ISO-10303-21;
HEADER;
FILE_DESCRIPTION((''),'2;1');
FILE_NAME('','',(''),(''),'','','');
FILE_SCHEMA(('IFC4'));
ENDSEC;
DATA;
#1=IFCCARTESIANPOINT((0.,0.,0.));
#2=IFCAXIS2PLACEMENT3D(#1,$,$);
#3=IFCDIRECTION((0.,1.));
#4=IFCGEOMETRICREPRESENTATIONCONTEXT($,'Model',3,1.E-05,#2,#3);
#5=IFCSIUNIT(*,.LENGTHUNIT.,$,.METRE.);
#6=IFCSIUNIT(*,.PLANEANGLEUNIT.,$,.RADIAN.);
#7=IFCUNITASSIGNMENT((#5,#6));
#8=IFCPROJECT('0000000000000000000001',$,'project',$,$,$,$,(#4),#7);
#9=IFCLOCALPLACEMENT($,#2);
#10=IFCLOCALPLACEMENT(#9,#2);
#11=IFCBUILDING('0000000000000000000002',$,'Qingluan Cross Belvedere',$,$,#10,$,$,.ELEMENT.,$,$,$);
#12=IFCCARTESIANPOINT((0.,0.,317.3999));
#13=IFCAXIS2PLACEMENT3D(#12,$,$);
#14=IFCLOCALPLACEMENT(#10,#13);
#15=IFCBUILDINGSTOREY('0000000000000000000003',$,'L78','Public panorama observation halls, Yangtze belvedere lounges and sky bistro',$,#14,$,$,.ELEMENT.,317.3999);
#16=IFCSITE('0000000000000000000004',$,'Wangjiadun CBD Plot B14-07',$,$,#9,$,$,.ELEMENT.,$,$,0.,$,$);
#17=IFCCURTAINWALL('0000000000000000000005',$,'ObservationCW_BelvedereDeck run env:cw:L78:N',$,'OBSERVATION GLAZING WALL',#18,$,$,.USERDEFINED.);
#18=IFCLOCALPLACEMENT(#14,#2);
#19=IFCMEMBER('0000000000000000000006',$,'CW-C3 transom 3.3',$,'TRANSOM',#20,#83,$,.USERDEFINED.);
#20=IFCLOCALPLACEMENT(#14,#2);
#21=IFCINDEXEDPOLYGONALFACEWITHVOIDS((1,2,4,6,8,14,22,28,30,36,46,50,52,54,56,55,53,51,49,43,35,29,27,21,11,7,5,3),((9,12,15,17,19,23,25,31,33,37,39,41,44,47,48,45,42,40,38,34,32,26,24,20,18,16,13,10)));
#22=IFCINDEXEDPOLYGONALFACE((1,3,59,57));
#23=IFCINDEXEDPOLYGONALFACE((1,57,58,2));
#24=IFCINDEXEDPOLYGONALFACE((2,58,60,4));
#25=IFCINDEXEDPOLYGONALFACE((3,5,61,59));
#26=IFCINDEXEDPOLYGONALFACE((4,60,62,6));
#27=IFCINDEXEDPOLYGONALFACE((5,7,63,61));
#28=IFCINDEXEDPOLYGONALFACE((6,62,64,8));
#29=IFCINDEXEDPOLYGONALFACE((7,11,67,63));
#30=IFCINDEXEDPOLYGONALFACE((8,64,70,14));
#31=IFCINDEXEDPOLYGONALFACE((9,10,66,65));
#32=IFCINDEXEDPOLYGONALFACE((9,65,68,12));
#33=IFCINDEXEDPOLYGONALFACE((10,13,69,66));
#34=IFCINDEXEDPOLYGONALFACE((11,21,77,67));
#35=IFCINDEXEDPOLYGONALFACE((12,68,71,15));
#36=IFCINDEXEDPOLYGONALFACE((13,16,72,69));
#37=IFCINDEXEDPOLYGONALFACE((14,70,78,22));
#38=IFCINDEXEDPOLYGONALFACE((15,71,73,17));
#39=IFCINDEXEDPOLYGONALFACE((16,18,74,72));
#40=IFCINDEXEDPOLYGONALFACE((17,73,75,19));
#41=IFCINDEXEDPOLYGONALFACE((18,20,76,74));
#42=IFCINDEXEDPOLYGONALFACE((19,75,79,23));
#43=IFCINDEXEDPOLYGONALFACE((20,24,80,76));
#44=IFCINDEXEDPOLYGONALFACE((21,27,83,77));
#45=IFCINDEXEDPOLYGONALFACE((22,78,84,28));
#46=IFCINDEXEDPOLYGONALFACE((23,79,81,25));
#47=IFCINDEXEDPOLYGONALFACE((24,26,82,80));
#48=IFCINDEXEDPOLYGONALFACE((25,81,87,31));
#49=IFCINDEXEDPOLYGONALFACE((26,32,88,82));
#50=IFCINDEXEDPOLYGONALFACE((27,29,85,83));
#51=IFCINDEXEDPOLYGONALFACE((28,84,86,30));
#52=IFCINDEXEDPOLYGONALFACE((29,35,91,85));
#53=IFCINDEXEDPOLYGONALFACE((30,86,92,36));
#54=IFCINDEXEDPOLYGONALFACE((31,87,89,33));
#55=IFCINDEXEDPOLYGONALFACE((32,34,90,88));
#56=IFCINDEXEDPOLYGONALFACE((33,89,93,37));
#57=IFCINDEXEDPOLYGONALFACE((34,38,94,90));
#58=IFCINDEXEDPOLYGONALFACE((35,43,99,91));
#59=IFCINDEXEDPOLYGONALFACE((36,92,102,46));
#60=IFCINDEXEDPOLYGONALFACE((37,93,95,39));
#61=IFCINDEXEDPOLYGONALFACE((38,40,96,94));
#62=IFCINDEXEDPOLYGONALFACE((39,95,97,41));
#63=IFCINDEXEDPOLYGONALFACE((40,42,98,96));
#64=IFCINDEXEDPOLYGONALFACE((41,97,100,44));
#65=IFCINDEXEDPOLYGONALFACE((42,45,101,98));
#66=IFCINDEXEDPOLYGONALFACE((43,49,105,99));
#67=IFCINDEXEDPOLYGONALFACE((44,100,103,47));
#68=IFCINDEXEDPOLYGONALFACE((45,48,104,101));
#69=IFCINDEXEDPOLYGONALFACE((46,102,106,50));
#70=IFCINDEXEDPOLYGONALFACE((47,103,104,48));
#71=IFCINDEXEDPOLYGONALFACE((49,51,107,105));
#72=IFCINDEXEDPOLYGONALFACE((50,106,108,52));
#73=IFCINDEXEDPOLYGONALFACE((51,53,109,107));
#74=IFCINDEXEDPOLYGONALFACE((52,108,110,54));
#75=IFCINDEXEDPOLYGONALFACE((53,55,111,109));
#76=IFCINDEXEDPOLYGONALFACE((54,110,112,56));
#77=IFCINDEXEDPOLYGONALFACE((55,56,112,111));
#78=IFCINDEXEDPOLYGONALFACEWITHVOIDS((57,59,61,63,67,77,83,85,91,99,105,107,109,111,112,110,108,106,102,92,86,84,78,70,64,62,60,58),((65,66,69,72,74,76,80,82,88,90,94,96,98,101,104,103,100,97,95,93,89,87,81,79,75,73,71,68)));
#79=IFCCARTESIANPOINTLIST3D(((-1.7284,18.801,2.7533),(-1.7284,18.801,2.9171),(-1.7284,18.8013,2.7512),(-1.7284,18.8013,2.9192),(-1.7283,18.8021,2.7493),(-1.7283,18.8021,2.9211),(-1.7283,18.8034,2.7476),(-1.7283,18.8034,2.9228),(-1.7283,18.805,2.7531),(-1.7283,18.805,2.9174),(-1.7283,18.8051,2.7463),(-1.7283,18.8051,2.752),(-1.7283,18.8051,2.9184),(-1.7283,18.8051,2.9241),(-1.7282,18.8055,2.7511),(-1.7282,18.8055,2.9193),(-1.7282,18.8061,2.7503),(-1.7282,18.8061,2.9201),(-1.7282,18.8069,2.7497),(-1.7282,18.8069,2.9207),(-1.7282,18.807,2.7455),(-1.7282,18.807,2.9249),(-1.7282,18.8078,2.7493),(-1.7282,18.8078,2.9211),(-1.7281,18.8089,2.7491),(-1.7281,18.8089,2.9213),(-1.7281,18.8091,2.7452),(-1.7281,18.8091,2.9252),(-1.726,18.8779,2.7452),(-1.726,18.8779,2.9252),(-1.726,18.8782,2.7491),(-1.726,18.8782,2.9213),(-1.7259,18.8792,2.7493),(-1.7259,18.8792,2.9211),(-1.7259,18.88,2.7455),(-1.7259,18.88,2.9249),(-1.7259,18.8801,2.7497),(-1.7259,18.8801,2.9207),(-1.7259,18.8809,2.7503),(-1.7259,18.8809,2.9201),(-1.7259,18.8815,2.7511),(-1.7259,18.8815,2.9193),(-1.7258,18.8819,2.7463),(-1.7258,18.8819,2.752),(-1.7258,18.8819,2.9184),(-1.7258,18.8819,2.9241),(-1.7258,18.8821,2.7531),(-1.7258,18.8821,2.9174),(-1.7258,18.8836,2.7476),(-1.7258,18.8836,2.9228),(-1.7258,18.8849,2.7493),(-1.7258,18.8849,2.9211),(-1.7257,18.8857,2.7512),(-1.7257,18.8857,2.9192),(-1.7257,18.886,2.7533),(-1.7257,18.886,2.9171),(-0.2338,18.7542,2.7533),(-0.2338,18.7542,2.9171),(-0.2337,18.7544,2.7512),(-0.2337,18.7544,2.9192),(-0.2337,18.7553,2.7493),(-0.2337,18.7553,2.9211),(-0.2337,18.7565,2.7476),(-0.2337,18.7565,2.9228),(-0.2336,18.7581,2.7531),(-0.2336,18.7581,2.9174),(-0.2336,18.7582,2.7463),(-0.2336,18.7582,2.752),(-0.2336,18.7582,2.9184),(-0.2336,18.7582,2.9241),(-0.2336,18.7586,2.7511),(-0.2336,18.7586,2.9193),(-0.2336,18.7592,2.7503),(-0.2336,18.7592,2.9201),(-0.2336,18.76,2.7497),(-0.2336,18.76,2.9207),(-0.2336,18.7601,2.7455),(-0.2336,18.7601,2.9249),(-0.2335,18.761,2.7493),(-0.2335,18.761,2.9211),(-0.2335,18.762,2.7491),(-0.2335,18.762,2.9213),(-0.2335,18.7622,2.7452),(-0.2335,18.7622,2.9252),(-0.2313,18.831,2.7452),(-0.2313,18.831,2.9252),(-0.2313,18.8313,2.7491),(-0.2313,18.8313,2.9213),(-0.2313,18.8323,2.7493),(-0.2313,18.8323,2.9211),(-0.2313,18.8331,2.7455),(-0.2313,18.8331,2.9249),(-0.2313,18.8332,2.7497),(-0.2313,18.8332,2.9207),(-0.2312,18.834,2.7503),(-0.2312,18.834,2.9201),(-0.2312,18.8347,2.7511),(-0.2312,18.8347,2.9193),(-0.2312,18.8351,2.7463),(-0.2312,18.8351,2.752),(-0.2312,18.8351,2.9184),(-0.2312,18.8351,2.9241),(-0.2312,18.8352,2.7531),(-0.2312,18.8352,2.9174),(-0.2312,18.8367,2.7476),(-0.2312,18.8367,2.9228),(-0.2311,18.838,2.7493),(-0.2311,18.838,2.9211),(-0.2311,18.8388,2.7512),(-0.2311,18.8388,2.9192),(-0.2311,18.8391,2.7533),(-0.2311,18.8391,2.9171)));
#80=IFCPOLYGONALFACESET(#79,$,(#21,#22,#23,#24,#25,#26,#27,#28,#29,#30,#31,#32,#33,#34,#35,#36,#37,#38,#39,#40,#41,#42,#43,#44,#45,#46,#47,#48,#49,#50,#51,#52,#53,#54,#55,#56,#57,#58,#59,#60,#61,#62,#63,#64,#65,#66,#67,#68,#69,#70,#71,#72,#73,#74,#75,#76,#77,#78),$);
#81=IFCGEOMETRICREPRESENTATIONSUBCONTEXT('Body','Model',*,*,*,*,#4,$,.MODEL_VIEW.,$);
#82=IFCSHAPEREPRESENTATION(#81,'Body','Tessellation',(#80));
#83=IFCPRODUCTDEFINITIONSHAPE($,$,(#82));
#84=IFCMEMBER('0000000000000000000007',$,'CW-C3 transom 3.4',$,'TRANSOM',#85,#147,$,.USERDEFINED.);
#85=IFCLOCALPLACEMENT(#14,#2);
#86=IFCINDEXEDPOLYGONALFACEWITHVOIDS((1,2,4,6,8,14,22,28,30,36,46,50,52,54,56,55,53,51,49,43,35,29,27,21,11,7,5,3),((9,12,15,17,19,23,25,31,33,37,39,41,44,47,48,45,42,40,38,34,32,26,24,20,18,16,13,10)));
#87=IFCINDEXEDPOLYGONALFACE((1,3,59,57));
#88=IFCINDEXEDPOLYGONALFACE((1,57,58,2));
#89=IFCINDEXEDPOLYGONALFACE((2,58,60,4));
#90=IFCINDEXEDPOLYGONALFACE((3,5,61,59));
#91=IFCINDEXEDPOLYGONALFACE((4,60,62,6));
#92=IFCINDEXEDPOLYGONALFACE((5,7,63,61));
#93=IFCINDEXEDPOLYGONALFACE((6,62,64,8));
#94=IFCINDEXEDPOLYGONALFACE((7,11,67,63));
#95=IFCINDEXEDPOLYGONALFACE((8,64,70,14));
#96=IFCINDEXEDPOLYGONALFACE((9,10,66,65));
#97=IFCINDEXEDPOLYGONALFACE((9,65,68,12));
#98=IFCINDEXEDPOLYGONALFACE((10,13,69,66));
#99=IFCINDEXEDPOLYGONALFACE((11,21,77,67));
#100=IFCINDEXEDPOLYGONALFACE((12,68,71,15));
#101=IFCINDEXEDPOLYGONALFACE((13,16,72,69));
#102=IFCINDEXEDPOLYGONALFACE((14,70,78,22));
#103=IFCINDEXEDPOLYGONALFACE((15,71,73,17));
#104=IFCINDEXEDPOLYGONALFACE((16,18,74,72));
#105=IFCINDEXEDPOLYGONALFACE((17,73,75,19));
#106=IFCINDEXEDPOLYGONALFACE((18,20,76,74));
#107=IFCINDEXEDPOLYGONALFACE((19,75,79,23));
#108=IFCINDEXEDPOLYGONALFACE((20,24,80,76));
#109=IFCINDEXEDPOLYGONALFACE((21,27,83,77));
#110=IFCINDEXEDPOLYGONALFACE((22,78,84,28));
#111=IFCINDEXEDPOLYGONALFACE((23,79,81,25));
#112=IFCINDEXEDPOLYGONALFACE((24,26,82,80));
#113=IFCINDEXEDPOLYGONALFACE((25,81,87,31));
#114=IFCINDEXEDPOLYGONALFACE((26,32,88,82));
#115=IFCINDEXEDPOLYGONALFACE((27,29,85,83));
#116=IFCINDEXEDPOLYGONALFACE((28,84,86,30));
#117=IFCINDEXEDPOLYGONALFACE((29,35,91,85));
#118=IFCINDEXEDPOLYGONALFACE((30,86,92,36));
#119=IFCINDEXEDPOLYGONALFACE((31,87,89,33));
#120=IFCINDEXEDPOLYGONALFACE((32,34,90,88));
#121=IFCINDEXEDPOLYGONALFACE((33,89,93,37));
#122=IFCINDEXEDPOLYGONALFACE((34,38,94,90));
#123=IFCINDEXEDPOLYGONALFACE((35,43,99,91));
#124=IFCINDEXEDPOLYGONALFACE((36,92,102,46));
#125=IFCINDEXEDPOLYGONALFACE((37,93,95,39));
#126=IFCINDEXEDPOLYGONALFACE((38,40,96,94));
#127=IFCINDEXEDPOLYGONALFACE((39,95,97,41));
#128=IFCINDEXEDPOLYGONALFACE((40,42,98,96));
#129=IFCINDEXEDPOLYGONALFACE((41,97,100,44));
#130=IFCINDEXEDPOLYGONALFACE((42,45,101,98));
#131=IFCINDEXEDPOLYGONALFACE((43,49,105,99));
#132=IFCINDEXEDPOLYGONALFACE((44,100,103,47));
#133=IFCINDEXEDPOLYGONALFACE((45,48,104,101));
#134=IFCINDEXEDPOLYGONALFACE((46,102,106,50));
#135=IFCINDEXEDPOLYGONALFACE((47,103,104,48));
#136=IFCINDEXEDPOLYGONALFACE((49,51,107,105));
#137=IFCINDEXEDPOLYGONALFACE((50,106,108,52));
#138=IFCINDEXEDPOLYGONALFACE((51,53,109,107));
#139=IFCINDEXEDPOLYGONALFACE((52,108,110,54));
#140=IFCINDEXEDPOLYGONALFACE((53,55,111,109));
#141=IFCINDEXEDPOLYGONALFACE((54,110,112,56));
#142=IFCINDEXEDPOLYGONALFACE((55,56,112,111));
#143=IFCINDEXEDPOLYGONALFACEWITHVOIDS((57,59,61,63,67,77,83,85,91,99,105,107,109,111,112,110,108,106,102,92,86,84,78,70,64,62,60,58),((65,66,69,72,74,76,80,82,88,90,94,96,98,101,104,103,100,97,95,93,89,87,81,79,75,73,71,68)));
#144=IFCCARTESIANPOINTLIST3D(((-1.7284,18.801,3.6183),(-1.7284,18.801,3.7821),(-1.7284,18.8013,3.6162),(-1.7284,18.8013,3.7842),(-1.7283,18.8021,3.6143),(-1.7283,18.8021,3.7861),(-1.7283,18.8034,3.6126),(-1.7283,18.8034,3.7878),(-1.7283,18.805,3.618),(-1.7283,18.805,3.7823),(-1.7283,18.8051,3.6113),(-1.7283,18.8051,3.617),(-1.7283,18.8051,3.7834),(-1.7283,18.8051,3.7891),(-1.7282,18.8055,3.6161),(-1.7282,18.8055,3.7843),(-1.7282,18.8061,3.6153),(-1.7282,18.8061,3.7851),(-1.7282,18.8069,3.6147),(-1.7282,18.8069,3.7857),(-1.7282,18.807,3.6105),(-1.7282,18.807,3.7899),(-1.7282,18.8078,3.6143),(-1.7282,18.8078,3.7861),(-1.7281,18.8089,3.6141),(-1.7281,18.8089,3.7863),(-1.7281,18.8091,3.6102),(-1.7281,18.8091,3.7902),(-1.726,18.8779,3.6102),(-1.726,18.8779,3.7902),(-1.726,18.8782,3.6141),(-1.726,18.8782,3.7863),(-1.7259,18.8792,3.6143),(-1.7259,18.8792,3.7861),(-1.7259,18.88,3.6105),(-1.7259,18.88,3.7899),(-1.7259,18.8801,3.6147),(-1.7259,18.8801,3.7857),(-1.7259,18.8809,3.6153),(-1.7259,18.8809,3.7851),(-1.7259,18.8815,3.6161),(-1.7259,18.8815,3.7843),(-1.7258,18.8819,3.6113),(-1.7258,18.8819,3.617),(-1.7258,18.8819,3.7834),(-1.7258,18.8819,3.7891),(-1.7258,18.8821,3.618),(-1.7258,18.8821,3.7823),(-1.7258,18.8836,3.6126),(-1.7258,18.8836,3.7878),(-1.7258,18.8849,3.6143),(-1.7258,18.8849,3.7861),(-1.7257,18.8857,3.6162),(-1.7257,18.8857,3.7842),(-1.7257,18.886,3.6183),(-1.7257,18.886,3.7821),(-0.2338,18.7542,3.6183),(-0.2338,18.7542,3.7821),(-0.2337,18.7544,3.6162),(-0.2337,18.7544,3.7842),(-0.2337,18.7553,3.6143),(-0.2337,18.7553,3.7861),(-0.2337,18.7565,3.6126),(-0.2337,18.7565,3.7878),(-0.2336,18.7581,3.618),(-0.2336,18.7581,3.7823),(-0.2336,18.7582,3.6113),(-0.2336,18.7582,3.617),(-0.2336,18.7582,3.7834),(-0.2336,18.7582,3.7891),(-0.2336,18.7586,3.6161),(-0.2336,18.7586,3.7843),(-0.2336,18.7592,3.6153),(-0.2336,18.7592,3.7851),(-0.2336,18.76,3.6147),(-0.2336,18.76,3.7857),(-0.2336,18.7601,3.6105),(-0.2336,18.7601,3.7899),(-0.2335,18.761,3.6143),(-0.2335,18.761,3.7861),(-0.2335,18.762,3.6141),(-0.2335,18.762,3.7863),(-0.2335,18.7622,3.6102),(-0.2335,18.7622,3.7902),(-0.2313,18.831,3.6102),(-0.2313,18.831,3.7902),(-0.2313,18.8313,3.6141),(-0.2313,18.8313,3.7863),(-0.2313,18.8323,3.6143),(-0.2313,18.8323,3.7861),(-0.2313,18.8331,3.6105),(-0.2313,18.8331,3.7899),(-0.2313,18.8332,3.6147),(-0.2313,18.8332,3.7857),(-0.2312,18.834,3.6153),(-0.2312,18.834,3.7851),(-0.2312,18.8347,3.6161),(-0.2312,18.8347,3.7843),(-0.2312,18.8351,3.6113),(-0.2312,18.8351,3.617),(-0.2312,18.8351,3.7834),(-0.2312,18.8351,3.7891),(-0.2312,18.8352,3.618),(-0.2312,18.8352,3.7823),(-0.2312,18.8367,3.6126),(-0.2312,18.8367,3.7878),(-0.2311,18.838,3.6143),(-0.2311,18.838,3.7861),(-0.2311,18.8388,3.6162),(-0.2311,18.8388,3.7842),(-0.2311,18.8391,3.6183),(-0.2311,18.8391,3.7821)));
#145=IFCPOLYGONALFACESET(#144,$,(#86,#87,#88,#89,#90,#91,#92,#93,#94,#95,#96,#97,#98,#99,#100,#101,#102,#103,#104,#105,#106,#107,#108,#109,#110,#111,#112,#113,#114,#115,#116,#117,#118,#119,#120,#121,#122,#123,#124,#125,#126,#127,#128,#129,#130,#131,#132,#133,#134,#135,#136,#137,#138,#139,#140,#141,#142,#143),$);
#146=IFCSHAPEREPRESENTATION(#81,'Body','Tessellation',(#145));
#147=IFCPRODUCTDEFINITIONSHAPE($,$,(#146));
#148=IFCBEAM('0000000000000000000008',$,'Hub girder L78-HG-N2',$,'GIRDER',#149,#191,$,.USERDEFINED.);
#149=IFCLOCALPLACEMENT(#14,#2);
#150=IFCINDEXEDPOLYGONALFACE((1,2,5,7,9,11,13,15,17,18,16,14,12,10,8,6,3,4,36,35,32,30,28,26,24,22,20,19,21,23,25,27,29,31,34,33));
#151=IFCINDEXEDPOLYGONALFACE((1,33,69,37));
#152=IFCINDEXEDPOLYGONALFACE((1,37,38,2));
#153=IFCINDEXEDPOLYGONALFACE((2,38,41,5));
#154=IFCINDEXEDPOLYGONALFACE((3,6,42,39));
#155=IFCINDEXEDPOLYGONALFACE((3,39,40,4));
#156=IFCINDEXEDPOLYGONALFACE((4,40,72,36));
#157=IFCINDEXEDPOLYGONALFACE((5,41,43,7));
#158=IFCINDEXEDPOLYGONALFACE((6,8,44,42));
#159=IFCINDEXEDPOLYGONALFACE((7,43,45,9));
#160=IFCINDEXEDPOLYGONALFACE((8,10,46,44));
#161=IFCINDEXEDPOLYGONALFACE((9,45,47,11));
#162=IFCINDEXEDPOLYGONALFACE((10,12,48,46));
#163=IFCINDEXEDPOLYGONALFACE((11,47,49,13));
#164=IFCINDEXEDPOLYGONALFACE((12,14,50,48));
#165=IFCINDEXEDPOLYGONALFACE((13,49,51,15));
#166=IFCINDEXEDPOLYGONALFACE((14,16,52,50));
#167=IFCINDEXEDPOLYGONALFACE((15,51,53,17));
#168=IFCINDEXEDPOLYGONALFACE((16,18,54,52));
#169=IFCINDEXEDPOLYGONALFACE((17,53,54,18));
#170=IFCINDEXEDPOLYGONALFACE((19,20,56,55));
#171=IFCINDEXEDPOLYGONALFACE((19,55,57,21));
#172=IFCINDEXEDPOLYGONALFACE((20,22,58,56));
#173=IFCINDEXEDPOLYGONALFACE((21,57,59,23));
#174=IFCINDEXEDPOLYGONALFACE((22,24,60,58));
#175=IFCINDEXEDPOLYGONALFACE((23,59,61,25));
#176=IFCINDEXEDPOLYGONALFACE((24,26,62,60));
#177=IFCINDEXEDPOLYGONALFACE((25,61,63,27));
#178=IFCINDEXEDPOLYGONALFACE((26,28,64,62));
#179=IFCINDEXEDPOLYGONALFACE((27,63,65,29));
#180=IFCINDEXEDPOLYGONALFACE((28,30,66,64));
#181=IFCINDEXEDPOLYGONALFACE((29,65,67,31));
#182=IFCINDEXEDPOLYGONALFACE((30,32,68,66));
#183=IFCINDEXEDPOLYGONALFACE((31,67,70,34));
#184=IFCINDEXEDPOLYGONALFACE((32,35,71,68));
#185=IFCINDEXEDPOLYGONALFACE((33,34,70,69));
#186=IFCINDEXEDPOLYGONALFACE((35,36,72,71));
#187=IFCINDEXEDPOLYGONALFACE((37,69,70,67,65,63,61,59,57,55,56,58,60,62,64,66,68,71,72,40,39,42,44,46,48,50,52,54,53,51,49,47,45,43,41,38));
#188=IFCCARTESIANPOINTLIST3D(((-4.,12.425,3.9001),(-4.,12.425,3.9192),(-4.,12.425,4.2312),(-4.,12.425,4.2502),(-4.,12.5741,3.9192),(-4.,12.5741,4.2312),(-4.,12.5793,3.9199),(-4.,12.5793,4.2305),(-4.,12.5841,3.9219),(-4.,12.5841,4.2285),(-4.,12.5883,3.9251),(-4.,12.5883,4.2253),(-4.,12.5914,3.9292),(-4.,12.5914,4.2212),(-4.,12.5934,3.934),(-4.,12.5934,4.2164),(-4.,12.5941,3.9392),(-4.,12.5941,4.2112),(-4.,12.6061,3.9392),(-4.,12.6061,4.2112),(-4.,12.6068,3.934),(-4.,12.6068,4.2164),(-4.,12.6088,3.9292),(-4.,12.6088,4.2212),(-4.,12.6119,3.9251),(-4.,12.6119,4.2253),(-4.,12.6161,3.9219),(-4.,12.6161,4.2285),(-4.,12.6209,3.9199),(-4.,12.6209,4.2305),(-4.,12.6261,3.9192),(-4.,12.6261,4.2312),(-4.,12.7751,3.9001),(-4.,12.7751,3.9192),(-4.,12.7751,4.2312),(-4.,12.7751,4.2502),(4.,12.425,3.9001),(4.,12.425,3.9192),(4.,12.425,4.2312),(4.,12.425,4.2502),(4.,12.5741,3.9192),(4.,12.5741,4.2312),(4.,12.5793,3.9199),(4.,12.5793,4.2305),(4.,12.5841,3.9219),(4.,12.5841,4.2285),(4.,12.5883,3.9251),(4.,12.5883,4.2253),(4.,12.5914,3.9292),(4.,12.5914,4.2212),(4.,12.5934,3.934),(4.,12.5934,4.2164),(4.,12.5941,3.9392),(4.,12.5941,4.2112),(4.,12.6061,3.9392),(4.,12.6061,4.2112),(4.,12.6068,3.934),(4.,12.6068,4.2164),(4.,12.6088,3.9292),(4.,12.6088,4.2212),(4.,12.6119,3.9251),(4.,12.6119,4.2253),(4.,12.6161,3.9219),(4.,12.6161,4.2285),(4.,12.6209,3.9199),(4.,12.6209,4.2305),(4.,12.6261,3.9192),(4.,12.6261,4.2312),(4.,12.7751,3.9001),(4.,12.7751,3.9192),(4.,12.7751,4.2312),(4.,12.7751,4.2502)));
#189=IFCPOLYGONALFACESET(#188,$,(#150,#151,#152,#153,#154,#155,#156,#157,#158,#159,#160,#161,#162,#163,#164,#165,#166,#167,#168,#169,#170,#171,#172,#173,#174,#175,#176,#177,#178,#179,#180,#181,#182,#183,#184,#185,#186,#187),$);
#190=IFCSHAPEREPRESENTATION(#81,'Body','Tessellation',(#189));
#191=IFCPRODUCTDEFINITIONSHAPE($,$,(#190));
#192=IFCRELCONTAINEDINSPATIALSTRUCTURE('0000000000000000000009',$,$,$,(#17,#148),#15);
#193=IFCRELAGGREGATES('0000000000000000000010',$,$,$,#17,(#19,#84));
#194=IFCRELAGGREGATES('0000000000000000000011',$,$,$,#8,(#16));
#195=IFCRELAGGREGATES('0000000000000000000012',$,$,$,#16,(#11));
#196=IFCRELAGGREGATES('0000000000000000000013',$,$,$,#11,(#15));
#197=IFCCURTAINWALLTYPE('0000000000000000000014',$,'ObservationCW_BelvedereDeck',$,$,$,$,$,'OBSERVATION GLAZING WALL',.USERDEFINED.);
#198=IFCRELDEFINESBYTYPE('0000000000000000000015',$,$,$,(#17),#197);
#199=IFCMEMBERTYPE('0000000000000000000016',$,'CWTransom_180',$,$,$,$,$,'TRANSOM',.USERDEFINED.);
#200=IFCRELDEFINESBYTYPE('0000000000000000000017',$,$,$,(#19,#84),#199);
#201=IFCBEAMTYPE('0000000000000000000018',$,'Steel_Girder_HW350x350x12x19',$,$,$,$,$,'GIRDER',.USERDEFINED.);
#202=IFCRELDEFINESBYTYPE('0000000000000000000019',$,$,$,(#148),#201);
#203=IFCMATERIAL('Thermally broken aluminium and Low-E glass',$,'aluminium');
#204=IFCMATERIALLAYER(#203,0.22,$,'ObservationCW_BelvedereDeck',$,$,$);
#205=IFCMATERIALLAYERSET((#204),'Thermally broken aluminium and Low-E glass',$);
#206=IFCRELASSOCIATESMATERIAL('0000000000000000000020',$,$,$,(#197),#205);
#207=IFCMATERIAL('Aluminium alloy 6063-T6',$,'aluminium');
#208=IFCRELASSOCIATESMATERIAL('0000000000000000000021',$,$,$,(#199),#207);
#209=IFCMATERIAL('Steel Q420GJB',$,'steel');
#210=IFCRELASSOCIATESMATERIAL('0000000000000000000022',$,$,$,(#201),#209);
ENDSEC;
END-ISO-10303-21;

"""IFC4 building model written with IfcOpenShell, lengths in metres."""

from ifc_helpers import new_model, si_unit, direction, frame, origin, origin_2d, place, context, subcontext, project, spatial, hollow_rectangle, i_section, extrude, material, layer, layer_set, material_profile, profile_set, type_object, element, aggregate, save


model = new_model("IFC4")

# Units and contexts
model_context = context("Model", 3, precision=1e-05, world=origin(), true_north=direction((0.0, 1.0)))
body_context = subcontext(model_context, "Body", "Model", "MODEL_VIEW")
ifc_project = project(units=[si_unit("LENGTHUNIT", "METRE"), si_unit("PLANEANGLEUNIT", "RADIAN")], contexts=[model_context])

# Site, building, storey
site_placement = place(None, origin())
site = spatial("IfcSite", under=ifc_project, at=site_placement, Name="Wangjiadun CBD Plot B14-07", CompositionType="ELEMENT", RefElevation=0.0)
building_placement = place(site_placement, origin())
building = spatial("IfcBuilding", under=site, at=building_placement, Name="Qingluan Cross Belvedere", CompositionType="ELEMENT")
storey_placement = place(building_placement, frame((0.0, 0.0, 317.3999)))
storey = spatial("IfcBuildingStorey", under=building, at=storey_placement, Name="L78", Description="Public panorama observation halls, Yangtze belvedere lounges and sky bistro", CompositionType="ELEMENT", Elevation=317.3999)

# Curtain wall, members
ifc_material_1 = material(Name="Thermally broken aluminium and Low-E glass", Category="aluminium")
ifc_layer_1 = layer(ifc_material_1, 0.22, Name="ObservationCW_BelvedereDeck")
ifc_layer_set_1 = layer_set([ifc_layer_1], Name="Thermally broken aluminium and Low-E glass")
curtain_wall_type = type_object("IfcCurtainWallType", Name="ObservationCW_BelvedereDeck", ElementType="OBSERVATION GLAZING WALL", PredefinedType="USERDEFINED", material=ifc_layer_set_1)
curtain_wall_placement = place(storey_placement, origin())
curtain_wall = element("IfcCurtainWall", 1, at=curtain_wall_placement, inside=storey, type_object=curtain_wall_type, Name="ObservationCW_BelvedereDeck run env:cw:L78:N", ObjectType="OBSERVATION GLAZING WALL", PredefinedType="USERDEFINED")
ifc_material_2 = material(Name="Aluminium alloy 6063-T6", Category="aluminium")
ifc_material_profile_1 = material_profile(ifc_material_2, hollow_rectangle(XDim=0.085, YDim=0.1799, WallThickness=0.0039, InnerFilletRadius=0.0039, OuterFilletRadius=0.0081, at=origin_2d()), Name="CWT180x85x4")
ifc_profile_set_1 = profile_set([ifc_material_profile_1], Name="Aluminium alloy 6063-T6")
member_type_1 = type_object("IfcMemberType", Name="CWTransom_180", ElementType="TRANSOM", PredefinedType="USERDEFINED", material=ifc_profile_set_1)
member_1_placement = place(storey_placement, frame((-0.2324, 18.7966, 2.8352), z_axis=(-0.999509, 0.031347, 0.0), x_axis=(-0.031347, -0.999509, 0.0)))
member_1 = element("IfcMember", 2, at=member_1_placement, type_object=member_type_1, Name="CW-C3 transom 3.3", ObjectType="TRANSOM", PredefinedType="USERDEFINED", context=body_context, shape_type="SweptSolid", body=[
    extrude(hollow_rectangle(XDim=0.085, YDim=0.1799, WallThickness=0.0039, InnerFilletRadius=0.0039, OuterFilletRadius=0.0081, at=origin_2d()), origin(), (0.0, 0.0, 1.0), 1.4954),
])
member_2_placement = place(storey_placement, frame((-0.2324, 18.7966, 3.7002), z_axis=(-0.999509, 0.031347, 0.0), x_axis=(-0.031347, -0.999509, 0.0)))
member_2 = element("IfcMember", 3, at=member_2_placement, type_object=member_type_1, Name="CW-C3 transom 3.4", ObjectType="TRANSOM", PredefinedType="USERDEFINED", context=body_context, shape_type="SweptSolid", body=[
    extrude(hollow_rectangle(XDim=0.085, YDim=0.1799, WallThickness=0.0039, InnerFilletRadius=0.0039, OuterFilletRadius=0.0081, at=origin_2d()), origin(), (0.0, 0.0, 1.0), 1.4954),
])

# Beam
ifc_material_3 = material(Name="Steel Q420GJB", Category="steel")
ifc_material_profile_2 = material_profile(ifc_material_3, i_section(OverallWidth=0.3501, OverallDepth=0.3501, WebThickness=0.012, FlangeThickness=0.019, FilletRadius=0.02, at=origin_2d()), Name="HW350x350x12x19")
ifc_profile_set_2 = profile_set([ifc_material_profile_2], Name="Steel Q420GJB")
beam_type = type_object("IfcBeamType", Name="Steel_Girder_HW350x350x12x19", ElementType="GIRDER", PredefinedType="USERDEFINED", material=ifc_profile_set_2)
beam_placement = place(storey_placement, frame((-4.0, 12.6001, 4.0752), z_axis=(1.0, 0.0, 0.0), x_axis=(0.0, 1.0, 0.0)))
element("IfcBeam", 4, at=beam_placement, inside=storey, type_object=beam_type, Name="Hub girder L78-HG-N2", ObjectType="GIRDER", PredefinedType="USERDEFINED", context=body_context, shape_type="SweptSolid", body=[
    extrude(i_section(OverallWidth=0.3501, OverallDepth=0.3501, WebThickness=0.012, FlangeThickness=0.019, FilletRadius=0.02, at=origin_2d()), origin(), (0.0, 0.0, 1.0), 8.0),
])

aggregate(curtain_wall, [member_1, member_2])

save(model, "model.ifc")
